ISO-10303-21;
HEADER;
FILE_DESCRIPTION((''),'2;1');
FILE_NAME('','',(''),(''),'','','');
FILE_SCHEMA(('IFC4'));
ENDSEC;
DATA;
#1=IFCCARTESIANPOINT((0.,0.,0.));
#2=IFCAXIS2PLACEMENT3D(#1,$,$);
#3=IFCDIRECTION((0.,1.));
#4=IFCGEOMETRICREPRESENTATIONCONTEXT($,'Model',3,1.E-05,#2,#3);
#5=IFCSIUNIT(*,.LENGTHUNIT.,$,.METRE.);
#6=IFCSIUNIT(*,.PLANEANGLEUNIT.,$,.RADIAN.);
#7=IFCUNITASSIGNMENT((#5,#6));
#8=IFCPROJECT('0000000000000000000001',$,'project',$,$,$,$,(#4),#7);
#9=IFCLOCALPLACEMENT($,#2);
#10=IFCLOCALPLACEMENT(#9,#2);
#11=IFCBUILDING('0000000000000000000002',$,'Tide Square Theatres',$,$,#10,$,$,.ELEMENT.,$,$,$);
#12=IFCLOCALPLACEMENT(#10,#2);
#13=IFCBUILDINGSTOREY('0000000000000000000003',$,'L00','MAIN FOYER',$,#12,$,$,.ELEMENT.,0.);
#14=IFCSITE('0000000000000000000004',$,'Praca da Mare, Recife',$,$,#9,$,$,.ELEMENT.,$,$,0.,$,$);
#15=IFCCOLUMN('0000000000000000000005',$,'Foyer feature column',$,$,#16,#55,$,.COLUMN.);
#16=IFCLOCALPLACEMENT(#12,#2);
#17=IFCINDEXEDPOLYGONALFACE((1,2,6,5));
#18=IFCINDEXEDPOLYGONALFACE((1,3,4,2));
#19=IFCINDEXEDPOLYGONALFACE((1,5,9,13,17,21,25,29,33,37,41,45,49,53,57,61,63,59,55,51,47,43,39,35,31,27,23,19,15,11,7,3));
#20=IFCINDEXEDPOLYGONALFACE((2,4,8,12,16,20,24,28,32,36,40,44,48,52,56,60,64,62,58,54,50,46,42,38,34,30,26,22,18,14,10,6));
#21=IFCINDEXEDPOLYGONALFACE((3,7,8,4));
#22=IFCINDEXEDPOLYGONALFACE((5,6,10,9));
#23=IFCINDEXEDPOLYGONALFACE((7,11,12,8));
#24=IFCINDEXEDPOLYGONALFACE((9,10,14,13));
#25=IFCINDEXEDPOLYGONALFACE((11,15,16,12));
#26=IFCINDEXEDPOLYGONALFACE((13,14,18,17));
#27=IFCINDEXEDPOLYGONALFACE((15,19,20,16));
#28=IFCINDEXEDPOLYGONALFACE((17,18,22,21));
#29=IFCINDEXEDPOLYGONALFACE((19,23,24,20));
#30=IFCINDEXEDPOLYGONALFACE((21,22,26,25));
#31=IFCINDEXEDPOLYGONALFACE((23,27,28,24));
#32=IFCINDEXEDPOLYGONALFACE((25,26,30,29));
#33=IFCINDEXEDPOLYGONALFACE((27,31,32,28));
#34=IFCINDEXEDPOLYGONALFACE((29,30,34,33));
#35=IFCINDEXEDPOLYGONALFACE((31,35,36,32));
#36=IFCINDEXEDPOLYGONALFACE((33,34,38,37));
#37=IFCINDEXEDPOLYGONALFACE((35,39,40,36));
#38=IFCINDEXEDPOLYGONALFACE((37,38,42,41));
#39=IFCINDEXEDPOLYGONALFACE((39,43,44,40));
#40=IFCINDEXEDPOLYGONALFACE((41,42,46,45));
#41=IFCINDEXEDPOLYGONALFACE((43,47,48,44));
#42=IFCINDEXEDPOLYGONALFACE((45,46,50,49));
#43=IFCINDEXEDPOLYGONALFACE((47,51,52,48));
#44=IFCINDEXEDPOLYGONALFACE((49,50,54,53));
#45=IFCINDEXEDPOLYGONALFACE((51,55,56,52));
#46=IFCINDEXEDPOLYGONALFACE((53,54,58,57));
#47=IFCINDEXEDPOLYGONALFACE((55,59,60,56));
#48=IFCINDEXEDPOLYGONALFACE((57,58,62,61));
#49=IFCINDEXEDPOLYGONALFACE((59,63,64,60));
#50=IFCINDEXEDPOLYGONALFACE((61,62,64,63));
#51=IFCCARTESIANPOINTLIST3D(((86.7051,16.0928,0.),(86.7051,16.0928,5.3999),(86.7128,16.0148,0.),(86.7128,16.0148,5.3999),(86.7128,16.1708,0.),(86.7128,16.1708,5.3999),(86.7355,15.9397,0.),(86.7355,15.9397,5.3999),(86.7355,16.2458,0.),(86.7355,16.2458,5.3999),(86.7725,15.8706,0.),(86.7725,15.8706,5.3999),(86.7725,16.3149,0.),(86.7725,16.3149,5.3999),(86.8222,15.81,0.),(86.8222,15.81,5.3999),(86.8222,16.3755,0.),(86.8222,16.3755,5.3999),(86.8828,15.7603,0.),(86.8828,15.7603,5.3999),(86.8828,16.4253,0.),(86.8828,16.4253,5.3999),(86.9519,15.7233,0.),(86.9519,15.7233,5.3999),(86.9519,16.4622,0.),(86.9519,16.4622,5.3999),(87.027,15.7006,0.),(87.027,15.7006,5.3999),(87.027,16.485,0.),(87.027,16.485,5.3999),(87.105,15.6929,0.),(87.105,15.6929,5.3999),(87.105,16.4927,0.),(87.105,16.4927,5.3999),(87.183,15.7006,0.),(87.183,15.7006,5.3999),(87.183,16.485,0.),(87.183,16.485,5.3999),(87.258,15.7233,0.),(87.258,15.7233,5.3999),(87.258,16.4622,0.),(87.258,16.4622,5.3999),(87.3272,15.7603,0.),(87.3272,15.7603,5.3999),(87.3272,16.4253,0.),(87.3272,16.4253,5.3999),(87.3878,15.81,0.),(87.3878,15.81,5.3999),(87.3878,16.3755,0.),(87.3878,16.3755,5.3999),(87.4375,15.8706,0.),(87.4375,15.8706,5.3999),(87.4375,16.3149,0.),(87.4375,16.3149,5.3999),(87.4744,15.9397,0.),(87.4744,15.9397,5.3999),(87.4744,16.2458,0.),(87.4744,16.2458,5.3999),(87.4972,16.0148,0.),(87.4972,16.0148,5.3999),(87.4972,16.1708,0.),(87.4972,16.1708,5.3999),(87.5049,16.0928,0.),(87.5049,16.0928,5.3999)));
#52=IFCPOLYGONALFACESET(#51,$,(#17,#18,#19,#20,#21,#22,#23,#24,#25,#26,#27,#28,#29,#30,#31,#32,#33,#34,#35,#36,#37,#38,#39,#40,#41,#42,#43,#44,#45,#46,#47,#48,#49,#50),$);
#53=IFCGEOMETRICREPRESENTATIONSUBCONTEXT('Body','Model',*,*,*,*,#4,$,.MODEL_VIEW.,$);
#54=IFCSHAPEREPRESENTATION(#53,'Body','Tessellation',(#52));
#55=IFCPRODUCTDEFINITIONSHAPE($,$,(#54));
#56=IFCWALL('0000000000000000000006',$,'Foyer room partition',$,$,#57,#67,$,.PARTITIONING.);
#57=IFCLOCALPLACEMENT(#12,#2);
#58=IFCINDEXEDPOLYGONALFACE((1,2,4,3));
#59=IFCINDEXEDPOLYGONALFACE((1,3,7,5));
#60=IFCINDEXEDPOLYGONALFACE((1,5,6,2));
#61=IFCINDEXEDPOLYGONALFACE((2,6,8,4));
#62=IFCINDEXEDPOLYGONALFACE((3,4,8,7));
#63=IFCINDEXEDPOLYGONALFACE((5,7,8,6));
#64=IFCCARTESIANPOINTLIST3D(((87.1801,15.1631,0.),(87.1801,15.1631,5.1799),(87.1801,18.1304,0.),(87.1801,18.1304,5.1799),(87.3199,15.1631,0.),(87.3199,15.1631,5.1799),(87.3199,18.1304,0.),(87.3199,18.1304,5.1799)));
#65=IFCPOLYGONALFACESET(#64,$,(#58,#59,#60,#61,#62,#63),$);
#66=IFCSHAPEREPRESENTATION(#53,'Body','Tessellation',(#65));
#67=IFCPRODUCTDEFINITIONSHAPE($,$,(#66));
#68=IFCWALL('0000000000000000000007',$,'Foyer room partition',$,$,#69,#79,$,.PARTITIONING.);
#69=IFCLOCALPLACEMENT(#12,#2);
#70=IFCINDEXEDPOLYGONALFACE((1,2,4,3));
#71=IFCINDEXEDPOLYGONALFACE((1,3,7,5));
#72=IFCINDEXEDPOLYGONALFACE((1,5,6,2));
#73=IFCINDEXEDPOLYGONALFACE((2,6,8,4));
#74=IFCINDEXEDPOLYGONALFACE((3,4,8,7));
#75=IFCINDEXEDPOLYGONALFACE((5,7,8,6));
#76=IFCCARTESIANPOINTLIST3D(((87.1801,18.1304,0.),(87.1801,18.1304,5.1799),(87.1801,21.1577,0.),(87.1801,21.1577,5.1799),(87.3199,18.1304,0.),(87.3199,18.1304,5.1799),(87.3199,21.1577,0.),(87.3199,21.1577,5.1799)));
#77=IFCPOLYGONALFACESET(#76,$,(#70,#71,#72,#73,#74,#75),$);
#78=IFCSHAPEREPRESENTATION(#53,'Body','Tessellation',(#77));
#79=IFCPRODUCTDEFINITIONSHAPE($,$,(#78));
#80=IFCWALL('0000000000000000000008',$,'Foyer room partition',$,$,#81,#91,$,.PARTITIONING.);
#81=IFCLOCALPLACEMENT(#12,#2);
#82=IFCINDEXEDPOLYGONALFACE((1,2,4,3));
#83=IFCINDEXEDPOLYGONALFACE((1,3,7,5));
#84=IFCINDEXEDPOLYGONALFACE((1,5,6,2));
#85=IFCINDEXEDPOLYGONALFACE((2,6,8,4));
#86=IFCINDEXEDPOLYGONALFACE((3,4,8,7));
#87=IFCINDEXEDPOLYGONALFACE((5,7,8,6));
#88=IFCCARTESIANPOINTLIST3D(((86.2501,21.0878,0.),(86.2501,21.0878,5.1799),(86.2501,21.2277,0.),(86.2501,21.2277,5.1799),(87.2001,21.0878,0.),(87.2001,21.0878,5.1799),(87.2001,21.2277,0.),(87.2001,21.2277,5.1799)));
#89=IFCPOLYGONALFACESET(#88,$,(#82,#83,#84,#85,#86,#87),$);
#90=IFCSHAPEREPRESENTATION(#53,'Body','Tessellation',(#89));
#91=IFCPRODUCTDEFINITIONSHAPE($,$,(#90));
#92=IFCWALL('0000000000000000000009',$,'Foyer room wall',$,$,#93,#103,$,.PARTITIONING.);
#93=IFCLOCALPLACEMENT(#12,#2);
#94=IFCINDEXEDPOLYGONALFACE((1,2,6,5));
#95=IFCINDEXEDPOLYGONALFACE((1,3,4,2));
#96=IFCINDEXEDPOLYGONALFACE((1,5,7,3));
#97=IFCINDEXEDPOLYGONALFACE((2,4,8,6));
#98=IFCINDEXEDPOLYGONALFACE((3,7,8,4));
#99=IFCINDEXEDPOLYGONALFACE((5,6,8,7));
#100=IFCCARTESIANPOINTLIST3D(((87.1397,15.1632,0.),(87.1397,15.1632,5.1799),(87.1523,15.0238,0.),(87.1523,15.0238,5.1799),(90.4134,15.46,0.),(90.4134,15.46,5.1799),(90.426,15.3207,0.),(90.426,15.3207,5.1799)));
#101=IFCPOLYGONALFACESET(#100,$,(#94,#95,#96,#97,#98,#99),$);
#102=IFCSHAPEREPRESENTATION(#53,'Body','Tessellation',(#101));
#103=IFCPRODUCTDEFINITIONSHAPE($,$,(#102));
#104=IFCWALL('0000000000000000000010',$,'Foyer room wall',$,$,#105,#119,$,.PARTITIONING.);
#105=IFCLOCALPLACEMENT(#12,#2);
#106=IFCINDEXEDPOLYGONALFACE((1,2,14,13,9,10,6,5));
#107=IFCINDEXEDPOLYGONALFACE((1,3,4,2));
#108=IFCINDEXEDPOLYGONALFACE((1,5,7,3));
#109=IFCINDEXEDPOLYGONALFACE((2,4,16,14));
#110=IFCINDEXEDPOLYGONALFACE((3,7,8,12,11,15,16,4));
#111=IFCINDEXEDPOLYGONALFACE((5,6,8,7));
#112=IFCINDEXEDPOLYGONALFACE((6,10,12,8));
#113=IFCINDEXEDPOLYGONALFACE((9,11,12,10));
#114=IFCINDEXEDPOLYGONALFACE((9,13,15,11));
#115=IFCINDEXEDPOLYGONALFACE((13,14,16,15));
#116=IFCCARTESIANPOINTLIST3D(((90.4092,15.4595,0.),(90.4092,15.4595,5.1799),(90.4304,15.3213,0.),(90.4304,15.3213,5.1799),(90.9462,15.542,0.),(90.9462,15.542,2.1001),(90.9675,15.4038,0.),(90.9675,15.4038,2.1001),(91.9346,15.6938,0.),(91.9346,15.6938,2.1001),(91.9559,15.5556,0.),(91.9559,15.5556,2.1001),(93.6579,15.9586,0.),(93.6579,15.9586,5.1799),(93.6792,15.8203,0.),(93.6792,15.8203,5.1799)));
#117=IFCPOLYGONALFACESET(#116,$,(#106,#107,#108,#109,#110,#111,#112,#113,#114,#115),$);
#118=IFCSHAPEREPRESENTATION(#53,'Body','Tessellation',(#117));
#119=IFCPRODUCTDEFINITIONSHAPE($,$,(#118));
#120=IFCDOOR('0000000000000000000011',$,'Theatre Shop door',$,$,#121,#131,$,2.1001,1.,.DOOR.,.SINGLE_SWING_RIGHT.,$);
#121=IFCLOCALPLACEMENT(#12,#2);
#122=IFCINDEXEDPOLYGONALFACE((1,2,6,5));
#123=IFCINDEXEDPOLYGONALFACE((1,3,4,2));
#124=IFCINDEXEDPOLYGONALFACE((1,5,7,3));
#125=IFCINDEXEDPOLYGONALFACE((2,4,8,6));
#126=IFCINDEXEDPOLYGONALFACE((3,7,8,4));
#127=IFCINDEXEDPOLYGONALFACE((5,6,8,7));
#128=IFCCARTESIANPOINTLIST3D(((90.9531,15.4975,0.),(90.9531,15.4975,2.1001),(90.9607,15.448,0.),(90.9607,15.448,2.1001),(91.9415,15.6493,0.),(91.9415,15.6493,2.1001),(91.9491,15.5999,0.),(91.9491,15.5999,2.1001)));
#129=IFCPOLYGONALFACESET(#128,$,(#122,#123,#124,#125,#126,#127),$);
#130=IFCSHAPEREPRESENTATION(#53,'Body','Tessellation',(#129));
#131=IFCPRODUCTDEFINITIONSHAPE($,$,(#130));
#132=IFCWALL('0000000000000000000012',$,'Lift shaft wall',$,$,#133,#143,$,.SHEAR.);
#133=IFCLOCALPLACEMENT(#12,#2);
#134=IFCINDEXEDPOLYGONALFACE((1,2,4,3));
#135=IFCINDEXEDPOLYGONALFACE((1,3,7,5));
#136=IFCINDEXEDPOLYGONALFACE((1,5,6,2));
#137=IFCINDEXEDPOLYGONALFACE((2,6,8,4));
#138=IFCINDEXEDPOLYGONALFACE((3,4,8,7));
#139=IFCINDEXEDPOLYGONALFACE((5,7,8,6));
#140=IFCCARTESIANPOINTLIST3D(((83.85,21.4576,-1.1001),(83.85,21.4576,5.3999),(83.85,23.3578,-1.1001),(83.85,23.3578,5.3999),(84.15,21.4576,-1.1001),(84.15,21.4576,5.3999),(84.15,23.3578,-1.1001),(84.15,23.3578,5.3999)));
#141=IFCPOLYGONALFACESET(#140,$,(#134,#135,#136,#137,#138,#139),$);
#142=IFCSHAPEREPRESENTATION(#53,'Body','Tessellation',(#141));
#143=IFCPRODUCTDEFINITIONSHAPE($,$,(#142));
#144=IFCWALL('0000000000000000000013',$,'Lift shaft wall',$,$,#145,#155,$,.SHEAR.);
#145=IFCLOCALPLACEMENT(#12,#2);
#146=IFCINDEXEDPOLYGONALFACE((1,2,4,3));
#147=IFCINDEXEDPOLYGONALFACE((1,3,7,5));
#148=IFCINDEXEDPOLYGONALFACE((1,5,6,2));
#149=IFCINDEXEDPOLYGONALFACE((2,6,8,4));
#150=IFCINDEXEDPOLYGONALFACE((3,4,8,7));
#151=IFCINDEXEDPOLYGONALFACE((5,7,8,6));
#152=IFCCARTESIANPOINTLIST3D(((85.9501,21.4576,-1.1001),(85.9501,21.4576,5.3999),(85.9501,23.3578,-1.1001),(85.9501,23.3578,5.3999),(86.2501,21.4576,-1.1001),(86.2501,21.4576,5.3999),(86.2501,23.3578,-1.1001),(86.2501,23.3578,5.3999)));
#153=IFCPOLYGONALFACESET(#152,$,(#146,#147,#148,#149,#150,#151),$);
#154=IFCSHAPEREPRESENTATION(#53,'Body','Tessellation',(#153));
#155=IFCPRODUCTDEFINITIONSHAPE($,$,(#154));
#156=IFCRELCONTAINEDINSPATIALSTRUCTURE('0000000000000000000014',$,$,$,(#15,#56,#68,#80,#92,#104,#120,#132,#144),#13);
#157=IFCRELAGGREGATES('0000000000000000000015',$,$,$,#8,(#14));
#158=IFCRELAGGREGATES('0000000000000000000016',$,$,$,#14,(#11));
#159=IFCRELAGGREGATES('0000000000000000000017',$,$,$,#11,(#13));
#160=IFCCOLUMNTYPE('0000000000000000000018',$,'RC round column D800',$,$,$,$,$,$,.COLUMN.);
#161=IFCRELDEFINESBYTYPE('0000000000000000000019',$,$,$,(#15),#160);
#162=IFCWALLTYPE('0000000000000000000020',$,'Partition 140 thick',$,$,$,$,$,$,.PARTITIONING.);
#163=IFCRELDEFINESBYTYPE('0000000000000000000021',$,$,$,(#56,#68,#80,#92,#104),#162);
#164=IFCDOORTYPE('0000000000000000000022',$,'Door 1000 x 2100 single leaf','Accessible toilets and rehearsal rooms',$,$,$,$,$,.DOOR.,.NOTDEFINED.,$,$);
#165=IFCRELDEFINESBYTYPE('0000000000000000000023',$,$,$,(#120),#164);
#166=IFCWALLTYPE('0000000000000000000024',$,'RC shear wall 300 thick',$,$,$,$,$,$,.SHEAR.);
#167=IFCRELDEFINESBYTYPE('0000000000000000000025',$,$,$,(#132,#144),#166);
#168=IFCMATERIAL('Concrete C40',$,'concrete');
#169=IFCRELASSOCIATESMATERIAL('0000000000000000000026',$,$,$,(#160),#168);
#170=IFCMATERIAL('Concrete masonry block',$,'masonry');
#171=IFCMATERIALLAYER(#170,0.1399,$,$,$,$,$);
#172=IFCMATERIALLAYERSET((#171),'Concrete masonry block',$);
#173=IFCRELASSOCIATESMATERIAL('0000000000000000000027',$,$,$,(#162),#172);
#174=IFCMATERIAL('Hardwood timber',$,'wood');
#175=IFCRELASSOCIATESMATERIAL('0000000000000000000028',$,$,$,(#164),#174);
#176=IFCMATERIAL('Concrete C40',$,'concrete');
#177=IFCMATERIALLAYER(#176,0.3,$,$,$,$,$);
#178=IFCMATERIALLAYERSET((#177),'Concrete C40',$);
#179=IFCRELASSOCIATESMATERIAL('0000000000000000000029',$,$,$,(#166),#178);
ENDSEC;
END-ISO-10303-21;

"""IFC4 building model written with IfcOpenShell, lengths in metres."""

from ifc_helpers import new_model, si_unit, direction, frame, frame_2d, origin, origin_2d, place, context, subcontext, project, spatial, rectangle, circle, extrude, material, layer, layer_set, material_profile, profile_set, type_object, element, fill, save


model = new_model("IFC4")

# Units and contexts
model_context = context("Model", 3, precision=1e-05, world=origin(), true_north=direction((0.0, 1.0)))
body_context = subcontext(model_context, "Body", "Model", "MODEL_VIEW")
ifc_project = project(units=[si_unit("LENGTHUNIT", "METRE"), si_unit("PLANEANGLEUNIT", "RADIAN")], contexts=[model_context])

# Site, building, storey
site_placement = place(None, origin())
site = spatial("IfcSite", under=ifc_project, at=site_placement, Name="Praca da Mare, Recife", CompositionType="ELEMENT", RefElevation=0.0)
building_placement = place(site_placement, origin())
building = spatial("IfcBuilding", under=site, at=building_placement, Name="Tide Square Theatres", CompositionType="ELEMENT")
storey_placement = place(building_placement, origin())
storey = spatial("IfcBuildingStorey", under=building, at=storey_placement, Name="L00", Description="MAIN FOYER", CompositionType="ELEMENT", Elevation=0.0)

# Column
ifc_material_1 = material(Name="Concrete C40", Category="concrete")
ifc_material_profile_1 = material_profile(ifc_material_1, circle(Radius=0.3999, at=origin_2d()))
ifc_profile_set_1 = profile_set([ifc_material_profile_1], Name="Concrete C40")
column_type_1 = type_object("IfcColumnType", Name="RC round column D800", PredefinedType="COLUMN", material=ifc_profile_set_1)
for number, where, z_axis, x_axis, name in (
    (1, (87.105, 16.0928, 0.0), (0.0, 0.0, 1.0), (1.0, 0.0, 0.0), "Foyer feature column"),
):
    element("IfcColumn", number, at=place(storey_placement, frame(where, z_axis=z_axis, x_axis=x_axis)), inside=storey, type_object=column_type_1, Name=name, PredefinedType="COLUMN", context=body_context, shape_type="SweptSolid", body=[
        extrude(circle(Radius=0.3999, at=origin_2d()), origin(), (0.0, 0.0, 1.0), 5.3999),
    ])

# Walls
ifc_material_2 = material(Name="Concrete masonry block", Category="masonry")
ifc_layer_1 = layer(ifc_material_2, 0.1399)
ifc_layer_set_1 = layer_set([ifc_layer_1], Name="Concrete masonry block")
wall_type_1 = type_object("IfcWallType", Name="Partition 140 thick", PredefinedType="PARTITIONING", material=ifc_layer_set_1)
wall_1_placement = place(storey_placement, frame((87.25, 15.1631, 0.0), z_axis=(0.0, 0.0, 1.0), x_axis=(0.0, 1.0, 0.0)))
element("IfcWall", 2, at=wall_1_placement, inside=storey, type_object=wall_type_1, Name="Foyer room partition", PredefinedType="PARTITIONING", context=body_context, shape_type="SweptSolid", body=[
    extrude(rectangle(XDim=2.9673, YDim=0.1399, at=frame_2d((1.4836, 0.0))), origin(), (0.0, 0.0, 1.0), 5.1799),
])
wall_2_placement = place(storey_placement, frame((87.25, 18.1304, 0.0), z_axis=(0.0, 0.0, 1.0), x_axis=(0.0, 1.0, 0.0)))
element("IfcWall", 3, at=wall_2_placement, inside=storey, type_object=wall_type_1, Name="Foyer room partition", PredefinedType="PARTITIONING", context=body_context, shape_type="SweptSolid", body=[
    extrude(rectangle(XDim=3.0273, YDim=0.1399, at=frame_2d((1.5137, 0.0))), origin(), (0.0, 0.0, 1.0), 5.1799),
])
wall_3_placement = place(storey_placement, frame((86.25, 21.1577, 0.0), z_axis=(0.0, 0.0, 1.0), x_axis=(1.0, 0.0, 0.0)))
element("IfcWall", 4, at=wall_3_placement, inside=storey, type_object=wall_type_1, Name="Foyer room partition", PredefinedType="PARTITIONING", context=body_context, shape_type="SweptSolid", body=[
    extrude(rectangle(XDim=0.95, YDim=0.1399, at=frame_2d((0.4751, 0.0))), origin(), (0.0, 0.0, 1.0), 5.1799),
])
wall_4_placement = place(storey_placement, frame((87.146, 15.0935, 0.0), z_axis=(0.0, 0.0, 1.0), x_axis=(0.995913, 0.090315, 0.0)))
element("IfcWall", 5, at=wall_4_placement, inside=storey, type_object=wall_type_1, Name="Foyer room wall", PredefinedType="PARTITIONING", context=body_context, shape_type="SweptSolid", body=[
    extrude(rectangle(XDim=3.2871, YDim=0.1399, at=frame_2d((1.6436, 0.0))), origin(), (0.0, 0.0, 1.0), 5.1799),
])

# Wall, opening, door
wall_5_placement = place(storey_placement, frame((90.4197, 15.3904, 0.0), z_axis=(0.0, 0.0, 1.0), x_axis=(0.988408, 0.151823, 0.0)))
wall_5 = element("IfcWall", 6, at=wall_5_placement, inside=storey, type_object=wall_type_1, Name="Foyer room wall", PredefinedType="PARTITIONING", context=body_context, shape_type="SweptSolid", body=[
    extrude(rectangle(XDim=3.2869, YDim=0.1399, at=frame_2d((1.6436, 0.0))), origin(), (0.0, 0.0, 1.0), 5.1799),
])
opening_placement = place(wall_5_placement, frame((0.5435, 0.0, 0.0)))
opening = element("IfcOpeningElement", 7, at=opening_placement, cuts=wall_5, PredefinedType="OPENING", context=body_context, shape_type="SweptSolid", body=[
    extrude(rectangle(XDim=1.0, YDim=2.1001, at=frame_2d((0.5, 1.05))), frame((0.0, 0.0798, 0.0), z_axis=(0.0, -1.0, 0.0), x_axis=(1.0, 0.0, 0.0)), (0.0, 0.0, 1.0), 0.1599),
])
ifc_material_3 = material(Name="Hardwood timber", Category="wood")
door_type = type_object("IfcDoorType", Name="Door 1000 x 2100 single leaf", Description="Accessible toilets and rehearsal rooms", OperationType="NOTDEFINED", PredefinedType="DOOR", material=ifc_material_3)
door_placement = place(opening_placement, origin())
door = element("IfcDoor", 8, at=door_placement, inside=storey, type_object=door_type, Name="Theatre Shop door", OperationType="SINGLE_SWING_RIGHT", OverallHeight=2.1001, OverallWidth=1.0, PredefinedType="DOOR", context=body_context, shape_type="SweptSolid", body=[
    extrude(rectangle(XDim=1.0, YDim=2.1001, at=frame_2d((0.5, 1.05))), frame((0.0, 0.0249, 0.0), z_axis=(0.0, -1.0, 0.0), x_axis=(1.0, 0.0, 0.0)), (0.0, 0.0, 1.0), 0.05),
])
fill(opening, door)

# Walls
ifc_material_4 = material(Name="Concrete C40", Category="concrete")
ifc_layer_2 = layer(ifc_material_4, 0.3)
ifc_layer_set_2 = layer_set([ifc_layer_2], Name="Concrete C40")
wall_type_2 = type_object("IfcWallType", Name="RC shear wall 300 thick", PredefinedType="SHEAR", material=ifc_layer_set_2)
for number, where, z_axis, x_axis, name in (
    (9, (84.0, 21.4575, -1.1001), (0.0, 0.0, 1.0), (0.0, 1.0, 0.0), "Lift shaft wall"),
    (10, (86.1001, 21.4575, -1.1001), (0.0, 0.0, 1.0), (0.0, 1.0, 0.0), "Lift shaft wall"),
):
    element("IfcWall", number, at=place(storey_placement, frame(where, z_axis=z_axis, x_axis=x_axis)), inside=storey, type_object=wall_type_2, Name=name, PredefinedType="SHEAR", context=body_context, shape_type="SweptSolid", body=[
        extrude(rectangle(XDim=1.9001, YDim=0.3, at=frame_2d((0.9502, 0.0))), origin(), (0.0, 0.0, 1.0), 6.5),
    ])

save(model, "model.ifc")
